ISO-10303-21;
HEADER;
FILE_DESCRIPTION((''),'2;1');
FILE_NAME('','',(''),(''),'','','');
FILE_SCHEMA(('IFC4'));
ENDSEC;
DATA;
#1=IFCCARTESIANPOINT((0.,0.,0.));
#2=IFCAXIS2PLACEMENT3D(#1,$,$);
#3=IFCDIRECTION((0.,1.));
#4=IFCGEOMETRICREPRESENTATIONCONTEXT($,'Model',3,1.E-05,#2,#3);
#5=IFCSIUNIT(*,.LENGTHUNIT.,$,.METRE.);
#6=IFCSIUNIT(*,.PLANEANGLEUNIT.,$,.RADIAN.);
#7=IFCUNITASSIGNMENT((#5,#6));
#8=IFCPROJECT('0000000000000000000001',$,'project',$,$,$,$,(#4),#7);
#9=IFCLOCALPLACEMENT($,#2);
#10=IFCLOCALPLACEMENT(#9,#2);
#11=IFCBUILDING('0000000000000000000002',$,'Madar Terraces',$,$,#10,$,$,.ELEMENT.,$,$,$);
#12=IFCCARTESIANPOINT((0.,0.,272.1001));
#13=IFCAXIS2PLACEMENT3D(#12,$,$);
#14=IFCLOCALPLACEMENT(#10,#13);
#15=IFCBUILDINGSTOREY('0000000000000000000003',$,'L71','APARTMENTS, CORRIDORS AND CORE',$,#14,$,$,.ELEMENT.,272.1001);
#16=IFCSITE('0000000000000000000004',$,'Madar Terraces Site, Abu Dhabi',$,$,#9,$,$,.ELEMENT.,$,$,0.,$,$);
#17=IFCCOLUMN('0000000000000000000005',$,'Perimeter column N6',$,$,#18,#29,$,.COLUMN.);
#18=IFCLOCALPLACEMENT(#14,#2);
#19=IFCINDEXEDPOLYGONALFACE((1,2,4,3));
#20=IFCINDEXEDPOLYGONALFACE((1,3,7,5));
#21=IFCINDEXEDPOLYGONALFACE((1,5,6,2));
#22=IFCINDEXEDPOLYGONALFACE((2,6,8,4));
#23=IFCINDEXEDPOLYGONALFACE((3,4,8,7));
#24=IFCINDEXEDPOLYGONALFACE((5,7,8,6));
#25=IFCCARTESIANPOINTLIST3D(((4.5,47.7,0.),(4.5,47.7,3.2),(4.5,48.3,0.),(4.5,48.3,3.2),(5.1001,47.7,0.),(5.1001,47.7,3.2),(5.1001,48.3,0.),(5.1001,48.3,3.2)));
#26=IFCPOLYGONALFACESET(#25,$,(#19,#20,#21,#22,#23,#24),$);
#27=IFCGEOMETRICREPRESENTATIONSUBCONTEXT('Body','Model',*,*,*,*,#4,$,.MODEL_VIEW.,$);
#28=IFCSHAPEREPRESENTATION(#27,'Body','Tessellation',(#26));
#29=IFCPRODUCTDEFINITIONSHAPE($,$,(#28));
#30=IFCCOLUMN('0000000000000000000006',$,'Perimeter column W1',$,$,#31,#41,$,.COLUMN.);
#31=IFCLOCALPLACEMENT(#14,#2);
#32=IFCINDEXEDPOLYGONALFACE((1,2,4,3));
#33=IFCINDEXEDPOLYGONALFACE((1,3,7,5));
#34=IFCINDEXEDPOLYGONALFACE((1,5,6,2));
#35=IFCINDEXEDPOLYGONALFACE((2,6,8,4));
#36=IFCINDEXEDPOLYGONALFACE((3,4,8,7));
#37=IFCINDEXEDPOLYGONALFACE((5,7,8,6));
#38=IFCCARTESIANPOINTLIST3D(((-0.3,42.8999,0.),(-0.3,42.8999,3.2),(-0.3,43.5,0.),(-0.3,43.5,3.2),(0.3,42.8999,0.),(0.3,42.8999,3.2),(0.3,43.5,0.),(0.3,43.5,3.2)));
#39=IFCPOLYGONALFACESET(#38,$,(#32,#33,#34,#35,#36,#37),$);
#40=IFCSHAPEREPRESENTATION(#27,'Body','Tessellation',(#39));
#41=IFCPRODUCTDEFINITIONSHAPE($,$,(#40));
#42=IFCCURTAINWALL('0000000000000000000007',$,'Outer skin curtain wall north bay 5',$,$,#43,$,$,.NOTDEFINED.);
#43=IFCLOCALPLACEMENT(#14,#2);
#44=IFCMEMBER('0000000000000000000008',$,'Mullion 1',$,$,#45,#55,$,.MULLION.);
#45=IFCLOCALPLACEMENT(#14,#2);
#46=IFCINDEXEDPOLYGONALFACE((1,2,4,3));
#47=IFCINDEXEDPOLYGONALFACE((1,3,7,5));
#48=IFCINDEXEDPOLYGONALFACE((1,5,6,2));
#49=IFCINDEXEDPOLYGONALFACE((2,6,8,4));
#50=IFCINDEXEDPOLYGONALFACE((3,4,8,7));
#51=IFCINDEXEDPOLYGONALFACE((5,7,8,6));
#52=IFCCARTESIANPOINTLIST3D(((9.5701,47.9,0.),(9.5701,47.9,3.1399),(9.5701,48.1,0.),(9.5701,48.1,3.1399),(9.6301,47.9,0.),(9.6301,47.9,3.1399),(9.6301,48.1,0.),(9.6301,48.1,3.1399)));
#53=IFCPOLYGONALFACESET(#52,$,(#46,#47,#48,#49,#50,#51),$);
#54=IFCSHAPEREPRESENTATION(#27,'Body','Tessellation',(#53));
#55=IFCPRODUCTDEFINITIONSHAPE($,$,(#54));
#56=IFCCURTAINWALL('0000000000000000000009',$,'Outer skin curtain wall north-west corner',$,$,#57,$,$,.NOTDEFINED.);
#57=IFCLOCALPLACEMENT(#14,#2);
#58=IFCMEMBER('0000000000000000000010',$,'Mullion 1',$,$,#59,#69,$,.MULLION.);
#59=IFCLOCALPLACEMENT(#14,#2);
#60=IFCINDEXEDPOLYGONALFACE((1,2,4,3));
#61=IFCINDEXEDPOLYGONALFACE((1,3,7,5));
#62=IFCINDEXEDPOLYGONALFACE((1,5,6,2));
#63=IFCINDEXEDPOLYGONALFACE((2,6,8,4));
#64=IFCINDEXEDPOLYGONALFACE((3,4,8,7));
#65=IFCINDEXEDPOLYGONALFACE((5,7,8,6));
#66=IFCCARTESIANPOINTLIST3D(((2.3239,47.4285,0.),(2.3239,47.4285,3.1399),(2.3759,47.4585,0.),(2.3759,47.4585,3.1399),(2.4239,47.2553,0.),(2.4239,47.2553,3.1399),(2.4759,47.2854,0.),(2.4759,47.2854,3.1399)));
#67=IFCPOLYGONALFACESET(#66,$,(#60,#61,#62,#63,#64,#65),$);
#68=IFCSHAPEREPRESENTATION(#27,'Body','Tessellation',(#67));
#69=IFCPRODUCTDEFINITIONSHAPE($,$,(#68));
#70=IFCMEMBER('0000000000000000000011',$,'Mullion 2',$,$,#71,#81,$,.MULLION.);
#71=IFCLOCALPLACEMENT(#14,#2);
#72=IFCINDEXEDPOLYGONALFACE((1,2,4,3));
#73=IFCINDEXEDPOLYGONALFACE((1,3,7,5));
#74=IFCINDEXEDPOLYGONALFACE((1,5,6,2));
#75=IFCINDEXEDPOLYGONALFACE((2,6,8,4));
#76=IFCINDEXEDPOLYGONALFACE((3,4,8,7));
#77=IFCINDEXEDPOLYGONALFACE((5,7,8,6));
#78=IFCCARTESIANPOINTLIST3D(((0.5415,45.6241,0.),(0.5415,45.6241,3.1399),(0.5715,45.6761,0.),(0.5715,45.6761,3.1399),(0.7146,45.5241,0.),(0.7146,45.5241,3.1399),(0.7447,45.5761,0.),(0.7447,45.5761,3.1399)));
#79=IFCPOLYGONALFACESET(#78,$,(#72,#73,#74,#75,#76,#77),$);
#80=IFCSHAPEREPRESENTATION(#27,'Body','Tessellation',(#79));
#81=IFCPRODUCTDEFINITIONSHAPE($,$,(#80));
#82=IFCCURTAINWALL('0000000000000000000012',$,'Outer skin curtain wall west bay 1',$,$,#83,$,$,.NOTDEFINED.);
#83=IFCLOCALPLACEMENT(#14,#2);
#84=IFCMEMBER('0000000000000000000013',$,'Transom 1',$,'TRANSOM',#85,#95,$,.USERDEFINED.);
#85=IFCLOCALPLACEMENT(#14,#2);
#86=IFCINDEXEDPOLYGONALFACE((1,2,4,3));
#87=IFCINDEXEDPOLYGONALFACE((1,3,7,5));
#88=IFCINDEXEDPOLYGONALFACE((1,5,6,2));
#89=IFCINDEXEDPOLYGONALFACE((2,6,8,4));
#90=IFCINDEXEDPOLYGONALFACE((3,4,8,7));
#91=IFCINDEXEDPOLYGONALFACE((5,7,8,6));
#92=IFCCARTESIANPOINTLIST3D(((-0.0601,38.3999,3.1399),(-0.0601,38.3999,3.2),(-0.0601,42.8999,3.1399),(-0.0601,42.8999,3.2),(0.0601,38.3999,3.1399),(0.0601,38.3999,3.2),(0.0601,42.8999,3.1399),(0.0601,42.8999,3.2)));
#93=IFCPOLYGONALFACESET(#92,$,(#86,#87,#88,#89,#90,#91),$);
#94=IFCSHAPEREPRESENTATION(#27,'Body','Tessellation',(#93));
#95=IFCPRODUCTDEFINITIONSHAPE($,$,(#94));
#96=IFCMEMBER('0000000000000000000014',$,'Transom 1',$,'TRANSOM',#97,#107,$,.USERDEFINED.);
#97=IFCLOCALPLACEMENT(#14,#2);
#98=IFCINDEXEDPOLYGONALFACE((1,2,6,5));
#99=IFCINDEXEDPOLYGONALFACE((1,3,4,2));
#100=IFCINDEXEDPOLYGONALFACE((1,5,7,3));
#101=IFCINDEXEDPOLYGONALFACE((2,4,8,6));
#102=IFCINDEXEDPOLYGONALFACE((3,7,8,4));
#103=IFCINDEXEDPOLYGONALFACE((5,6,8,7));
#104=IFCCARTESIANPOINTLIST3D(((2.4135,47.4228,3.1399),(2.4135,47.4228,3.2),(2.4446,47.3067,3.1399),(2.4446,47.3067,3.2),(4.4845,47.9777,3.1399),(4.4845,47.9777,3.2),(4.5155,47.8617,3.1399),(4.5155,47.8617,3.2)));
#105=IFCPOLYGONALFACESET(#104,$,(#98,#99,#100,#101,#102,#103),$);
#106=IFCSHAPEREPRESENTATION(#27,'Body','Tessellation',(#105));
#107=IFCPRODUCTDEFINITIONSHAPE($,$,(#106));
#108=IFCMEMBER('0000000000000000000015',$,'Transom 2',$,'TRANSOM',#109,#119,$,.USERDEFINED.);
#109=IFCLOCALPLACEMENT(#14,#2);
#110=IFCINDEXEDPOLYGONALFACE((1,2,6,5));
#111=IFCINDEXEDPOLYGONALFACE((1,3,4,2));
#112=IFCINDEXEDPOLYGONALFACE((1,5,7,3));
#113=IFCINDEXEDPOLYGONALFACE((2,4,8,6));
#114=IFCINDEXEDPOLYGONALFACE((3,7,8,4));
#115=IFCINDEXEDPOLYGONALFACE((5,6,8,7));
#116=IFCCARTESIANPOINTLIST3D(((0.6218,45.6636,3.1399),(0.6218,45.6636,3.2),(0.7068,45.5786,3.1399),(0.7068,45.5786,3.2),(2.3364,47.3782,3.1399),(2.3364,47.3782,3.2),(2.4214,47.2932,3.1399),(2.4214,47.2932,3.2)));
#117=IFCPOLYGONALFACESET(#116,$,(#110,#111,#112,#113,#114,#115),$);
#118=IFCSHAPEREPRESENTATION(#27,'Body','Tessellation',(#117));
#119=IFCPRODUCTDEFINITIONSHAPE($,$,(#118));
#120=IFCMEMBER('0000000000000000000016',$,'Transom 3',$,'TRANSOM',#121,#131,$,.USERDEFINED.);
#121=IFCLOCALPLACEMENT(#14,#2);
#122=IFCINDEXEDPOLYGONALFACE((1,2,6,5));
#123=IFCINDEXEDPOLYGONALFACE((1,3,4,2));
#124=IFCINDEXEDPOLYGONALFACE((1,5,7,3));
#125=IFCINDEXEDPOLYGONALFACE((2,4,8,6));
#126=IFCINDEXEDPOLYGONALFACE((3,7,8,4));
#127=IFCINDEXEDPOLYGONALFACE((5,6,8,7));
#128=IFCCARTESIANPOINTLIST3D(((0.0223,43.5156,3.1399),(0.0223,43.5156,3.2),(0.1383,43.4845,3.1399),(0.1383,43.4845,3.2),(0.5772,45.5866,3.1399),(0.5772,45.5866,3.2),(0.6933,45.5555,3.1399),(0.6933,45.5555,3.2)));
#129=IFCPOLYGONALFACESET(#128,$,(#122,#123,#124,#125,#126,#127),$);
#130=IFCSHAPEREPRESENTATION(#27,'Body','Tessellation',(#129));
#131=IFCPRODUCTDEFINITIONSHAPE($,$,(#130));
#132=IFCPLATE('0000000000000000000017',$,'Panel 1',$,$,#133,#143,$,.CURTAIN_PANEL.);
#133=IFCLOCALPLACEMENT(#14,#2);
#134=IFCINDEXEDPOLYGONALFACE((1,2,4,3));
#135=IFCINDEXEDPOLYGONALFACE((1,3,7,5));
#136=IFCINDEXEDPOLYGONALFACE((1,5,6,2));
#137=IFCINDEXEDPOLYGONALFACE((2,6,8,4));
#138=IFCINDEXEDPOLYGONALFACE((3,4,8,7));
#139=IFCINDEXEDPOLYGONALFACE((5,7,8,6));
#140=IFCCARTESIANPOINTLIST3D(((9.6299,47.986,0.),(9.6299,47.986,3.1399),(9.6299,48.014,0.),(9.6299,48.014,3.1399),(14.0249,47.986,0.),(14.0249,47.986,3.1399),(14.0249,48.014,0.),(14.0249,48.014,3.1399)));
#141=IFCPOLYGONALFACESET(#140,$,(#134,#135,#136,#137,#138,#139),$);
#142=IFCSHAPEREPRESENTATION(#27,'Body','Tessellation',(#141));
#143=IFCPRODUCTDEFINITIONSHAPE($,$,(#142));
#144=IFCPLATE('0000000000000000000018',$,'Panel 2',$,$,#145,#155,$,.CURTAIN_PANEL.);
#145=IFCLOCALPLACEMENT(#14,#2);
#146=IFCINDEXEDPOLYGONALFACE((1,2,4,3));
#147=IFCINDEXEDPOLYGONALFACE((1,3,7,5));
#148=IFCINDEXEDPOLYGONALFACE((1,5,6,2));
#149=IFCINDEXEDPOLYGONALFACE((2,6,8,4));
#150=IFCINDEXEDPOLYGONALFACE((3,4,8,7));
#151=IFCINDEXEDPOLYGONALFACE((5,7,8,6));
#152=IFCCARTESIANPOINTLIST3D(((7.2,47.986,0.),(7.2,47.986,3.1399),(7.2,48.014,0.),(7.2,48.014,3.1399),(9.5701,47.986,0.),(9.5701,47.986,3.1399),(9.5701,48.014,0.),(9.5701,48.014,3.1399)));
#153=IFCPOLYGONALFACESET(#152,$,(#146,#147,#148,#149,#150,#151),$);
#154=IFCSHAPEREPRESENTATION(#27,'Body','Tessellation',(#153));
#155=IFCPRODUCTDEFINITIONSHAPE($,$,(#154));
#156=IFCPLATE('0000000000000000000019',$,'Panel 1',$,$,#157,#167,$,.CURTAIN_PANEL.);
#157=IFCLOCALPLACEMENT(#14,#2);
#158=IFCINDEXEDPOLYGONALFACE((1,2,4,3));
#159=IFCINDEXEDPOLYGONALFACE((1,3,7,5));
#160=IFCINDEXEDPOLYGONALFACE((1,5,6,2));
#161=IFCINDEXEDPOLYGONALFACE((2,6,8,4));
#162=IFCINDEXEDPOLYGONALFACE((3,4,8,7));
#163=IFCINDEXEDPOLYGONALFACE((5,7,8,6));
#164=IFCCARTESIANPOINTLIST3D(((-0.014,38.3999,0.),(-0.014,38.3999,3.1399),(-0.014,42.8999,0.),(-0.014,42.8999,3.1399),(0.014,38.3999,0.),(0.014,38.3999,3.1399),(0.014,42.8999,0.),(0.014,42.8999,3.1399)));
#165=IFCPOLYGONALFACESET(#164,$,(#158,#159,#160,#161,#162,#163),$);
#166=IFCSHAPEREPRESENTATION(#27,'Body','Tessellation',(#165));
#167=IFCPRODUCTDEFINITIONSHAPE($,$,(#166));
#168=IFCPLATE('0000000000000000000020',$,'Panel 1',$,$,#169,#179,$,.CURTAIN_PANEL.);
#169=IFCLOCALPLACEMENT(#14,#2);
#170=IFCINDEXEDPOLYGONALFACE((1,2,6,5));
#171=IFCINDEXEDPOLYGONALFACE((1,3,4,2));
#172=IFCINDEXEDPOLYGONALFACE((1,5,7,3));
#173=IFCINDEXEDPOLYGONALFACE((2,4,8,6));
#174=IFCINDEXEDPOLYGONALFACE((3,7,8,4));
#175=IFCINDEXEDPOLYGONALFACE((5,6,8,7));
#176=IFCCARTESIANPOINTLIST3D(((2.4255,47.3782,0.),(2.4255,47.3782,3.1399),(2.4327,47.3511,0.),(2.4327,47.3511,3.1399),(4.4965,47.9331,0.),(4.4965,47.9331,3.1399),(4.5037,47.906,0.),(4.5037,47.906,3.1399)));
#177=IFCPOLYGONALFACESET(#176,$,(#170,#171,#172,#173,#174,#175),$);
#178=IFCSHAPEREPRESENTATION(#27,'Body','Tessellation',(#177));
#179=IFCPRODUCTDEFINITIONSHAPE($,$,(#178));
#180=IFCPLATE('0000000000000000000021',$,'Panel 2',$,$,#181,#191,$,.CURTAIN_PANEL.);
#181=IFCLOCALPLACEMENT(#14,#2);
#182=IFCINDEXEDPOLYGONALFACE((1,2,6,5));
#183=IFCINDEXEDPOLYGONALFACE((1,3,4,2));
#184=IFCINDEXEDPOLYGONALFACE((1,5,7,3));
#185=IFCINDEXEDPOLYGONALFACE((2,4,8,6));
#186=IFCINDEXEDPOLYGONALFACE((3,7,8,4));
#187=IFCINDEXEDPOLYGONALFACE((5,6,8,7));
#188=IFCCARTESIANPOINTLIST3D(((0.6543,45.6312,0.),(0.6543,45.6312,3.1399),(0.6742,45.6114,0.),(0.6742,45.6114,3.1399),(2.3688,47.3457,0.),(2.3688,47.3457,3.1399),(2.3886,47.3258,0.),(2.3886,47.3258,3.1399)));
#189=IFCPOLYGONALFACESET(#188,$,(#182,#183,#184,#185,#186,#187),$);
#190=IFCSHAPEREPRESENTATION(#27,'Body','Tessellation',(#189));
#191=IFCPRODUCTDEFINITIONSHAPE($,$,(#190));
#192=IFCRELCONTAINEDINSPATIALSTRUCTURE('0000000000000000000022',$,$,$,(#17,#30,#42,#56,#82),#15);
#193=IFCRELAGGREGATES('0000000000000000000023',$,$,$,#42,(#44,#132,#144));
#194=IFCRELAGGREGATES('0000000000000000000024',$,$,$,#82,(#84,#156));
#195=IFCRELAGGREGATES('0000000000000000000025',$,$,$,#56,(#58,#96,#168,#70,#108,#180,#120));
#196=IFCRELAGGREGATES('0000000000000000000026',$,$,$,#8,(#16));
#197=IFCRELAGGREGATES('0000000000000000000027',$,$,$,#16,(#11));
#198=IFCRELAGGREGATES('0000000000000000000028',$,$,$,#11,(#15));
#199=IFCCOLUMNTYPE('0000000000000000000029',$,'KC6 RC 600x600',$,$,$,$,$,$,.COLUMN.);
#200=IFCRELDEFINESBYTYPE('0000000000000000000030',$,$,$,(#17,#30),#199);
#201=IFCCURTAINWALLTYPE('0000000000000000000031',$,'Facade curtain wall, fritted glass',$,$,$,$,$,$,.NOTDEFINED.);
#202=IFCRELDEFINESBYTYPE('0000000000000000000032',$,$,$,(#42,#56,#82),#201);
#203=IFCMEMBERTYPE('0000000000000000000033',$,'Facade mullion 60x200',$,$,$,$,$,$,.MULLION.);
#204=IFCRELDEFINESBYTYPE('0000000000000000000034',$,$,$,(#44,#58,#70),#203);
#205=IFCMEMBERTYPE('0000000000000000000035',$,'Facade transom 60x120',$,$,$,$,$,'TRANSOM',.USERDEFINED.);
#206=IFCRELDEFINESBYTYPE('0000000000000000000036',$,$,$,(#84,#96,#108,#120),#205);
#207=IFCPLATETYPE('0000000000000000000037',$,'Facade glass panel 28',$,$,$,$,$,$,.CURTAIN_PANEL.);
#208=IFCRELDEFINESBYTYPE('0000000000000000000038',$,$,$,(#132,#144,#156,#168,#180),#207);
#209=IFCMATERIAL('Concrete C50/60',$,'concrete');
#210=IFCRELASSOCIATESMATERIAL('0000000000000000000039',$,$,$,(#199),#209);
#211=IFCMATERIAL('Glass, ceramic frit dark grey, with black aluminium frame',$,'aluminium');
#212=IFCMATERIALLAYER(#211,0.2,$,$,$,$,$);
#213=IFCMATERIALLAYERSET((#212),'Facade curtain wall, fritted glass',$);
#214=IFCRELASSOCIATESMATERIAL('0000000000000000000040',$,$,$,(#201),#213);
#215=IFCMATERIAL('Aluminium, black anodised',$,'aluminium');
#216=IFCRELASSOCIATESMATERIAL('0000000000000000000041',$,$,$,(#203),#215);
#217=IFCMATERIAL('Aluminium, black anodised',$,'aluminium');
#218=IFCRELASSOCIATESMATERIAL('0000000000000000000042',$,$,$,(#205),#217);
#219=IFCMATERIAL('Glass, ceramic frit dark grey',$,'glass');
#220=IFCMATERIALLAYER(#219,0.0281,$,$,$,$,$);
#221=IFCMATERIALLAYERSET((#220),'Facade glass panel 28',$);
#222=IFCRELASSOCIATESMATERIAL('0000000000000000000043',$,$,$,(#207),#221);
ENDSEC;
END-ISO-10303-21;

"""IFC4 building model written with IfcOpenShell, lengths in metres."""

from ifc_helpers import new_model, si_unit, direction, frame, origin, origin_2d, place, context, subcontext, project, spatial, rectangle, extrude, material, layer, layer_set, material_profile, profile_set, type_object, element, aggregate, save


model = new_model("IFC4")

# Units and contexts
model_context = context("Model", 3, precision=1e-05, world=origin(), true_north=direction((0.0, 1.0)))
body_context = subcontext(model_context, "Body", "Model", "MODEL_VIEW")
ifc_project = project(units=[si_unit("LENGTHUNIT", "METRE"), si_unit("PLANEANGLEUNIT", "RADIAN")], contexts=[model_context])

# Site, building, storey
site_placement = place(None, origin())
site = spatial("IfcSite", under=ifc_project, at=site_placement, Name="Madar Terraces Site, Abu Dhabi", CompositionType="ELEMENT", RefElevation=0.0)
building_placement = place(site_placement, origin())
building = spatial("IfcBuilding", under=site, at=building_placement, Name="Madar Terraces", CompositionType="ELEMENT")
storey_placement = place(building_placement, frame((0.0, 0.0, 272.1001)))
storey = spatial("IfcBuildingStorey", under=building, at=storey_placement, Name="L71", Description="APARTMENTS, CORRIDORS AND CORE", CompositionType="ELEMENT", Elevation=272.1001)

# Columns
ifc_material_1 = material(Name="Concrete C50/60", Category="concrete")
ifc_material_profile_1 = material_profile(ifc_material_1, rectangle(XDim=0.6001, YDim=0.6001, at=origin_2d()), Name="KC6 RC 600x600")
ifc_profile_set_1 = profile_set([ifc_material_profile_1], Name="Concrete C50/60")
column_type = type_object("IfcColumnType", Name="KC6 RC 600x600", PredefinedType="COLUMN", material=ifc_profile_set_1)
for number, where, z_axis, x_axis, name in (
    (1, (4.8, 48.0, 0.0), (0.0, 0.0, 1.0), (1.0, 0.0, 0.0), "Perimeter column N6"),
    (2, (0.0, 43.2, 0.0), (0.0, 0.0, 1.0), (1.0, 0.0, 0.0), "Perimeter column W1"),
):
    element("IfcColumn", number, at=place(storey_placement, frame(where, z_axis=z_axis, x_axis=x_axis)), inside=storey, type_object=column_type, Name=name, PredefinedType="COLUMN", context=body_context, shape_type="SweptSolid", body=[
        extrude(rectangle(XDim=0.6001, YDim=0.6001, at=origin_2d()), origin(), (0.0, 0.0, 1.0), 3.2),
    ])

# Curtain wall, member
ifc_material_2 = material(Name="Glass, ceramic frit dark grey, with black aluminium frame", Category="aluminium")
ifc_layer_1 = layer(ifc_material_2, 0.2)
ifc_layer_set_1 = layer_set([ifc_layer_1], Name="Facade curtain wall, fritted glass")
curtain_wall_type = type_object("IfcCurtainWallType", Name="Facade curtain wall, fritted glass", PredefinedType="NOTDEFINED", material=ifc_layer_set_1)
curtain_wall_1_placement = place(storey_placement, origin())
curtain_wall_1 = element("IfcCurtainWall", 3, at=curtain_wall_1_placement, inside=storey, type_object=curtain_wall_type, Name="Outer skin curtain wall north bay 5", PredefinedType="NOTDEFINED")
ifc_material_3 = material(Name="Aluminium, black anodised", Category="aluminium")
ifc_material_profile_2 = material_profile(ifc_material_3, rectangle(XDim=0.2, YDim=0.0601, at=origin_2d()), Name="Facade mullion 60x200")
ifc_profile_set_2 = profile_set([ifc_material_profile_2], Name="Aluminium, black anodised")
member_type_1 = type_object("IfcMemberType", Name="Facade mullion 60x200", PredefinedType="MULLION", material=ifc_profile_set_2)
member_1_placement = place(storey_placement, frame((9.6001, 48.0, 0.0), z_axis=(0.0, 0.0, 1.0), x_axis=(0.0, -1.0, 0.0)))
member_1 = element("IfcMember", 4, at=member_1_placement, type_object=member_type_1, Name="Mullion 1", PredefinedType="MULLION", context=body_context, shape_type="SweptSolid", body=[
    extrude(rectangle(XDim=0.2, YDim=0.0601, at=origin_2d()), origin(), (0.0, 0.0, 1.0), 3.1399),
])

# Curtain wall, members
curtain_wall_2_placement = place(storey_placement, origin())
curtain_wall_2 = element("IfcCurtainWall", 5, at=curtain_wall_2_placement, inside=storey, type_object=curtain_wall_type, Name="Outer skin curtain wall north-west corner", PredefinedType="NOTDEFINED")
member_2_placement = place(storey_placement, frame((2.3999, 47.3569, 0.0), z_axis=(0.0, 0.0, 1.0), x_axis=(0.5, -0.866025, 0.0)))
member_2 = element("IfcMember", 6, at=member_2_placement, type_object=member_type_1, Name="Mullion 1", PredefinedType="MULLION", context=body_context, shape_type="SweptSolid", body=[
    extrude(rectangle(XDim=0.2, YDim=0.0601, at=origin_2d()), origin(), (0.0, 0.0, 1.0), 3.1399),
])
member_3_placement = place(storey_placement, frame((0.6431, 45.6001, 0.0), z_axis=(0.0, 0.0, 1.0), x_axis=(0.866025, -0.5, 0.0)))
member_3 = element("IfcMember", 7, at=member_3_placement, type_object=member_type_1, Name="Mullion 2", PredefinedType="MULLION", context=body_context, shape_type="SweptSolid", body=[
    extrude(rectangle(XDim=0.2, YDim=0.0601, at=origin_2d()), origin(), (0.0, 0.0, 1.0), 3.1399),
])

# Curtain wall, member
curtain_wall_3_placement = place(storey_placement, origin())
curtain_wall_3 = element("IfcCurtainWall", 8, at=curtain_wall_3_placement, inside=storey, type_object=curtain_wall_type, Name="Outer skin curtain wall west bay 1", PredefinedType="NOTDEFINED")
ifc_material_4 = material(Name="Aluminium, black anodised", Category="aluminium")
ifc_material_profile_3 = material_profile(ifc_material_4, rectangle(XDim=0.1201, YDim=0.0601, at=origin_2d()), Name="Facade transom 60x120")
ifc_profile_set_3 = profile_set([ifc_material_profile_3], Name="Aluminium, black anodised")
member_type_2 = type_object("IfcMemberType", Name="Facade transom 60x120", ElementType="TRANSOM", PredefinedType="USERDEFINED", material=ifc_profile_set_3)
member_4_placement = place(storey_placement, frame((0.0, 42.8999, 3.1699), z_axis=(0.0, -1.0, 0.0), x_axis=(1.0, 0.0, 0.0)))
member_4 = element("IfcMember", 9, at=member_4_placement, type_object=member_type_2, Name="Transom 1", ObjectType="TRANSOM", PredefinedType="USERDEFINED", context=body_context, shape_type="SweptSolid", body=[
    extrude(rectangle(XDim=0.1201, YDim=0.0601, at=origin_2d()), origin(), (0.0, 0.0, 1.0), 4.5),
])

# Members
member_5_placement = place(storey_placement, frame((4.5, 47.9197, 3.1699), z_axis=(-0.965926, -0.258818, 0.0), x_axis=(0.258818, -0.965926, 0.0)))
member_5 = element("IfcMember", 10, at=member_5_placement, type_object=member_type_2, Name="Transom 1", ObjectType="TRANSOM", PredefinedType="USERDEFINED", context=body_context, shape_type="SweptSolid", body=[
    extrude(rectangle(XDim=0.1201, YDim=0.0601, at=origin_2d()), origin(), (0.0, 0.0, 1.0), 2.144),
])
member_6_placement = place(storey_placement, frame((2.3789, 47.3357, 3.1699), z_axis=(-0.707107, -0.707107, 0.0), x_axis=(0.707107, -0.707107, 0.0)))
member_6 = element("IfcMember", 11, at=member_6_placement, type_object=member_type_2, Name="Transom 2", ObjectType="TRANSOM", PredefinedType="USERDEFINED", context=body_context, shape_type="SweptSolid", body=[
    extrude(rectangle(XDim=0.1201, YDim=0.0601, at=origin_2d()), origin(), (0.0, 0.0, 1.0), 2.4248),
])
member_7_placement = place(storey_placement, frame((0.6353, 45.571, 3.1699), z_axis=(-0.258818, -0.965926, 0.0), x_axis=(0.965926, -0.258818, 0.0)))
member_7 = element("IfcMember", 12, at=member_7_placement, type_object=member_type_2, Name="Transom 3", ObjectType="TRANSOM", PredefinedType="USERDEFINED", context=body_context, shape_type="SweptSolid", body=[
    extrude(rectangle(XDim=0.1201, YDim=0.0601, at=origin_2d()), origin(), (0.0, 0.0, 1.0), 2.144),
])

# Plates
ifc_material_5 = material(Name="Glass, ceramic frit dark grey", Category="glass")
ifc_layer_2 = layer(ifc_material_5, 0.0281)
ifc_layer_set_2 = layer_set([ifc_layer_2], Name="Facade glass panel 28")
plate_type = type_object("IfcPlateType", Name="Facade glass panel 28", PredefinedType="CURTAIN_PANEL", material=ifc_layer_set_2)
plate_1_placement = place(storey_placement, frame((11.8274, 48.0, 0.0), z_axis=(0.0, 0.0, 1.0), x_axis=(-1.0, 0.0, 0.0)))
plate_1 = element("IfcPlate", 13, at=plate_1_placement, type_object=plate_type, Name="Panel 1", PredefinedType="CURTAIN_PANEL", context=body_context, shape_type="SweptSolid", body=[
    extrude(rectangle(XDim=4.395, YDim=0.0281, at=origin_2d()), origin(), (0.0, 0.0, 1.0), 3.1399),
])
plate_2_placement = place(storey_placement, frame((8.385, 48.0, 0.0), z_axis=(0.0, 0.0, 1.0), x_axis=(-1.0, 0.0, 0.0)))
plate_2 = element("IfcPlate", 14, at=plate_2_placement, type_object=plate_type, Name="Panel 2", PredefinedType="CURTAIN_PANEL", context=body_context, shape_type="SweptSolid", body=[
    extrude(rectangle(XDim=2.3701, YDim=0.0281, at=origin_2d()), origin(), (0.0, 0.0, 1.0), 3.1399),
])
aggregate(curtain_wall_1, [member_1, plate_1, plate_2])
plate_3_placement = place(storey_placement, frame((0.0, 40.6499, 0.0), z_axis=(0.0, 0.0, 1.0), x_axis=(0.0, -1.0, 0.0)))
plate_3 = element("IfcPlate", 15, at=plate_3_placement, type_object=plate_type, Name="Panel 1", PredefinedType="CURTAIN_PANEL", context=body_context, shape_type="SweptSolid", body=[
    extrude(rectangle(XDim=4.5, YDim=0.0281, at=origin_2d()), origin(), (0.0, 0.0, 1.0), 3.1399),
])
aggregate(curtain_wall_3, [member_4, plate_3])
plate_4_placement = place(storey_placement, frame((3.4646, 47.6421, 0.0), z_axis=(0.0, 0.0, 1.0), x_axis=(-0.965926, -0.258819, 0.0)))
plate_4 = element("IfcPlate", 16, at=plate_4_placement, type_object=plate_type, Name="Panel 1", PredefinedType="CURTAIN_PANEL", context=body_context, shape_type="SweptSolid", body=[
    extrude(rectangle(XDim=2.144, YDim=0.0281, at=origin_2d()), origin(), (0.0, 0.0, 1.0), 3.1399),
])
plate_5_placement = place(storey_placement, frame((1.5215, 46.4785, 0.0), z_axis=(0.0, 0.0, 1.0), x_axis=(-0.707107, -0.707107, 0.0)))
plate_5 = element("IfcPlate", 17, at=plate_5_placement, type_object=plate_type, Name="Panel 2", PredefinedType="CURTAIN_PANEL", context=body_context, shape_type="SweptSolid", body=[
    extrude(rectangle(XDim=2.4246, YDim=0.0281, at=origin_2d()), origin(), (0.0, 0.0, 1.0), 3.1399),
])
aggregate(curtain_wall_2, [member_2, member_5, plate_4, member_3, member_6, plate_5, member_7])

save(model, "model.ifc")
